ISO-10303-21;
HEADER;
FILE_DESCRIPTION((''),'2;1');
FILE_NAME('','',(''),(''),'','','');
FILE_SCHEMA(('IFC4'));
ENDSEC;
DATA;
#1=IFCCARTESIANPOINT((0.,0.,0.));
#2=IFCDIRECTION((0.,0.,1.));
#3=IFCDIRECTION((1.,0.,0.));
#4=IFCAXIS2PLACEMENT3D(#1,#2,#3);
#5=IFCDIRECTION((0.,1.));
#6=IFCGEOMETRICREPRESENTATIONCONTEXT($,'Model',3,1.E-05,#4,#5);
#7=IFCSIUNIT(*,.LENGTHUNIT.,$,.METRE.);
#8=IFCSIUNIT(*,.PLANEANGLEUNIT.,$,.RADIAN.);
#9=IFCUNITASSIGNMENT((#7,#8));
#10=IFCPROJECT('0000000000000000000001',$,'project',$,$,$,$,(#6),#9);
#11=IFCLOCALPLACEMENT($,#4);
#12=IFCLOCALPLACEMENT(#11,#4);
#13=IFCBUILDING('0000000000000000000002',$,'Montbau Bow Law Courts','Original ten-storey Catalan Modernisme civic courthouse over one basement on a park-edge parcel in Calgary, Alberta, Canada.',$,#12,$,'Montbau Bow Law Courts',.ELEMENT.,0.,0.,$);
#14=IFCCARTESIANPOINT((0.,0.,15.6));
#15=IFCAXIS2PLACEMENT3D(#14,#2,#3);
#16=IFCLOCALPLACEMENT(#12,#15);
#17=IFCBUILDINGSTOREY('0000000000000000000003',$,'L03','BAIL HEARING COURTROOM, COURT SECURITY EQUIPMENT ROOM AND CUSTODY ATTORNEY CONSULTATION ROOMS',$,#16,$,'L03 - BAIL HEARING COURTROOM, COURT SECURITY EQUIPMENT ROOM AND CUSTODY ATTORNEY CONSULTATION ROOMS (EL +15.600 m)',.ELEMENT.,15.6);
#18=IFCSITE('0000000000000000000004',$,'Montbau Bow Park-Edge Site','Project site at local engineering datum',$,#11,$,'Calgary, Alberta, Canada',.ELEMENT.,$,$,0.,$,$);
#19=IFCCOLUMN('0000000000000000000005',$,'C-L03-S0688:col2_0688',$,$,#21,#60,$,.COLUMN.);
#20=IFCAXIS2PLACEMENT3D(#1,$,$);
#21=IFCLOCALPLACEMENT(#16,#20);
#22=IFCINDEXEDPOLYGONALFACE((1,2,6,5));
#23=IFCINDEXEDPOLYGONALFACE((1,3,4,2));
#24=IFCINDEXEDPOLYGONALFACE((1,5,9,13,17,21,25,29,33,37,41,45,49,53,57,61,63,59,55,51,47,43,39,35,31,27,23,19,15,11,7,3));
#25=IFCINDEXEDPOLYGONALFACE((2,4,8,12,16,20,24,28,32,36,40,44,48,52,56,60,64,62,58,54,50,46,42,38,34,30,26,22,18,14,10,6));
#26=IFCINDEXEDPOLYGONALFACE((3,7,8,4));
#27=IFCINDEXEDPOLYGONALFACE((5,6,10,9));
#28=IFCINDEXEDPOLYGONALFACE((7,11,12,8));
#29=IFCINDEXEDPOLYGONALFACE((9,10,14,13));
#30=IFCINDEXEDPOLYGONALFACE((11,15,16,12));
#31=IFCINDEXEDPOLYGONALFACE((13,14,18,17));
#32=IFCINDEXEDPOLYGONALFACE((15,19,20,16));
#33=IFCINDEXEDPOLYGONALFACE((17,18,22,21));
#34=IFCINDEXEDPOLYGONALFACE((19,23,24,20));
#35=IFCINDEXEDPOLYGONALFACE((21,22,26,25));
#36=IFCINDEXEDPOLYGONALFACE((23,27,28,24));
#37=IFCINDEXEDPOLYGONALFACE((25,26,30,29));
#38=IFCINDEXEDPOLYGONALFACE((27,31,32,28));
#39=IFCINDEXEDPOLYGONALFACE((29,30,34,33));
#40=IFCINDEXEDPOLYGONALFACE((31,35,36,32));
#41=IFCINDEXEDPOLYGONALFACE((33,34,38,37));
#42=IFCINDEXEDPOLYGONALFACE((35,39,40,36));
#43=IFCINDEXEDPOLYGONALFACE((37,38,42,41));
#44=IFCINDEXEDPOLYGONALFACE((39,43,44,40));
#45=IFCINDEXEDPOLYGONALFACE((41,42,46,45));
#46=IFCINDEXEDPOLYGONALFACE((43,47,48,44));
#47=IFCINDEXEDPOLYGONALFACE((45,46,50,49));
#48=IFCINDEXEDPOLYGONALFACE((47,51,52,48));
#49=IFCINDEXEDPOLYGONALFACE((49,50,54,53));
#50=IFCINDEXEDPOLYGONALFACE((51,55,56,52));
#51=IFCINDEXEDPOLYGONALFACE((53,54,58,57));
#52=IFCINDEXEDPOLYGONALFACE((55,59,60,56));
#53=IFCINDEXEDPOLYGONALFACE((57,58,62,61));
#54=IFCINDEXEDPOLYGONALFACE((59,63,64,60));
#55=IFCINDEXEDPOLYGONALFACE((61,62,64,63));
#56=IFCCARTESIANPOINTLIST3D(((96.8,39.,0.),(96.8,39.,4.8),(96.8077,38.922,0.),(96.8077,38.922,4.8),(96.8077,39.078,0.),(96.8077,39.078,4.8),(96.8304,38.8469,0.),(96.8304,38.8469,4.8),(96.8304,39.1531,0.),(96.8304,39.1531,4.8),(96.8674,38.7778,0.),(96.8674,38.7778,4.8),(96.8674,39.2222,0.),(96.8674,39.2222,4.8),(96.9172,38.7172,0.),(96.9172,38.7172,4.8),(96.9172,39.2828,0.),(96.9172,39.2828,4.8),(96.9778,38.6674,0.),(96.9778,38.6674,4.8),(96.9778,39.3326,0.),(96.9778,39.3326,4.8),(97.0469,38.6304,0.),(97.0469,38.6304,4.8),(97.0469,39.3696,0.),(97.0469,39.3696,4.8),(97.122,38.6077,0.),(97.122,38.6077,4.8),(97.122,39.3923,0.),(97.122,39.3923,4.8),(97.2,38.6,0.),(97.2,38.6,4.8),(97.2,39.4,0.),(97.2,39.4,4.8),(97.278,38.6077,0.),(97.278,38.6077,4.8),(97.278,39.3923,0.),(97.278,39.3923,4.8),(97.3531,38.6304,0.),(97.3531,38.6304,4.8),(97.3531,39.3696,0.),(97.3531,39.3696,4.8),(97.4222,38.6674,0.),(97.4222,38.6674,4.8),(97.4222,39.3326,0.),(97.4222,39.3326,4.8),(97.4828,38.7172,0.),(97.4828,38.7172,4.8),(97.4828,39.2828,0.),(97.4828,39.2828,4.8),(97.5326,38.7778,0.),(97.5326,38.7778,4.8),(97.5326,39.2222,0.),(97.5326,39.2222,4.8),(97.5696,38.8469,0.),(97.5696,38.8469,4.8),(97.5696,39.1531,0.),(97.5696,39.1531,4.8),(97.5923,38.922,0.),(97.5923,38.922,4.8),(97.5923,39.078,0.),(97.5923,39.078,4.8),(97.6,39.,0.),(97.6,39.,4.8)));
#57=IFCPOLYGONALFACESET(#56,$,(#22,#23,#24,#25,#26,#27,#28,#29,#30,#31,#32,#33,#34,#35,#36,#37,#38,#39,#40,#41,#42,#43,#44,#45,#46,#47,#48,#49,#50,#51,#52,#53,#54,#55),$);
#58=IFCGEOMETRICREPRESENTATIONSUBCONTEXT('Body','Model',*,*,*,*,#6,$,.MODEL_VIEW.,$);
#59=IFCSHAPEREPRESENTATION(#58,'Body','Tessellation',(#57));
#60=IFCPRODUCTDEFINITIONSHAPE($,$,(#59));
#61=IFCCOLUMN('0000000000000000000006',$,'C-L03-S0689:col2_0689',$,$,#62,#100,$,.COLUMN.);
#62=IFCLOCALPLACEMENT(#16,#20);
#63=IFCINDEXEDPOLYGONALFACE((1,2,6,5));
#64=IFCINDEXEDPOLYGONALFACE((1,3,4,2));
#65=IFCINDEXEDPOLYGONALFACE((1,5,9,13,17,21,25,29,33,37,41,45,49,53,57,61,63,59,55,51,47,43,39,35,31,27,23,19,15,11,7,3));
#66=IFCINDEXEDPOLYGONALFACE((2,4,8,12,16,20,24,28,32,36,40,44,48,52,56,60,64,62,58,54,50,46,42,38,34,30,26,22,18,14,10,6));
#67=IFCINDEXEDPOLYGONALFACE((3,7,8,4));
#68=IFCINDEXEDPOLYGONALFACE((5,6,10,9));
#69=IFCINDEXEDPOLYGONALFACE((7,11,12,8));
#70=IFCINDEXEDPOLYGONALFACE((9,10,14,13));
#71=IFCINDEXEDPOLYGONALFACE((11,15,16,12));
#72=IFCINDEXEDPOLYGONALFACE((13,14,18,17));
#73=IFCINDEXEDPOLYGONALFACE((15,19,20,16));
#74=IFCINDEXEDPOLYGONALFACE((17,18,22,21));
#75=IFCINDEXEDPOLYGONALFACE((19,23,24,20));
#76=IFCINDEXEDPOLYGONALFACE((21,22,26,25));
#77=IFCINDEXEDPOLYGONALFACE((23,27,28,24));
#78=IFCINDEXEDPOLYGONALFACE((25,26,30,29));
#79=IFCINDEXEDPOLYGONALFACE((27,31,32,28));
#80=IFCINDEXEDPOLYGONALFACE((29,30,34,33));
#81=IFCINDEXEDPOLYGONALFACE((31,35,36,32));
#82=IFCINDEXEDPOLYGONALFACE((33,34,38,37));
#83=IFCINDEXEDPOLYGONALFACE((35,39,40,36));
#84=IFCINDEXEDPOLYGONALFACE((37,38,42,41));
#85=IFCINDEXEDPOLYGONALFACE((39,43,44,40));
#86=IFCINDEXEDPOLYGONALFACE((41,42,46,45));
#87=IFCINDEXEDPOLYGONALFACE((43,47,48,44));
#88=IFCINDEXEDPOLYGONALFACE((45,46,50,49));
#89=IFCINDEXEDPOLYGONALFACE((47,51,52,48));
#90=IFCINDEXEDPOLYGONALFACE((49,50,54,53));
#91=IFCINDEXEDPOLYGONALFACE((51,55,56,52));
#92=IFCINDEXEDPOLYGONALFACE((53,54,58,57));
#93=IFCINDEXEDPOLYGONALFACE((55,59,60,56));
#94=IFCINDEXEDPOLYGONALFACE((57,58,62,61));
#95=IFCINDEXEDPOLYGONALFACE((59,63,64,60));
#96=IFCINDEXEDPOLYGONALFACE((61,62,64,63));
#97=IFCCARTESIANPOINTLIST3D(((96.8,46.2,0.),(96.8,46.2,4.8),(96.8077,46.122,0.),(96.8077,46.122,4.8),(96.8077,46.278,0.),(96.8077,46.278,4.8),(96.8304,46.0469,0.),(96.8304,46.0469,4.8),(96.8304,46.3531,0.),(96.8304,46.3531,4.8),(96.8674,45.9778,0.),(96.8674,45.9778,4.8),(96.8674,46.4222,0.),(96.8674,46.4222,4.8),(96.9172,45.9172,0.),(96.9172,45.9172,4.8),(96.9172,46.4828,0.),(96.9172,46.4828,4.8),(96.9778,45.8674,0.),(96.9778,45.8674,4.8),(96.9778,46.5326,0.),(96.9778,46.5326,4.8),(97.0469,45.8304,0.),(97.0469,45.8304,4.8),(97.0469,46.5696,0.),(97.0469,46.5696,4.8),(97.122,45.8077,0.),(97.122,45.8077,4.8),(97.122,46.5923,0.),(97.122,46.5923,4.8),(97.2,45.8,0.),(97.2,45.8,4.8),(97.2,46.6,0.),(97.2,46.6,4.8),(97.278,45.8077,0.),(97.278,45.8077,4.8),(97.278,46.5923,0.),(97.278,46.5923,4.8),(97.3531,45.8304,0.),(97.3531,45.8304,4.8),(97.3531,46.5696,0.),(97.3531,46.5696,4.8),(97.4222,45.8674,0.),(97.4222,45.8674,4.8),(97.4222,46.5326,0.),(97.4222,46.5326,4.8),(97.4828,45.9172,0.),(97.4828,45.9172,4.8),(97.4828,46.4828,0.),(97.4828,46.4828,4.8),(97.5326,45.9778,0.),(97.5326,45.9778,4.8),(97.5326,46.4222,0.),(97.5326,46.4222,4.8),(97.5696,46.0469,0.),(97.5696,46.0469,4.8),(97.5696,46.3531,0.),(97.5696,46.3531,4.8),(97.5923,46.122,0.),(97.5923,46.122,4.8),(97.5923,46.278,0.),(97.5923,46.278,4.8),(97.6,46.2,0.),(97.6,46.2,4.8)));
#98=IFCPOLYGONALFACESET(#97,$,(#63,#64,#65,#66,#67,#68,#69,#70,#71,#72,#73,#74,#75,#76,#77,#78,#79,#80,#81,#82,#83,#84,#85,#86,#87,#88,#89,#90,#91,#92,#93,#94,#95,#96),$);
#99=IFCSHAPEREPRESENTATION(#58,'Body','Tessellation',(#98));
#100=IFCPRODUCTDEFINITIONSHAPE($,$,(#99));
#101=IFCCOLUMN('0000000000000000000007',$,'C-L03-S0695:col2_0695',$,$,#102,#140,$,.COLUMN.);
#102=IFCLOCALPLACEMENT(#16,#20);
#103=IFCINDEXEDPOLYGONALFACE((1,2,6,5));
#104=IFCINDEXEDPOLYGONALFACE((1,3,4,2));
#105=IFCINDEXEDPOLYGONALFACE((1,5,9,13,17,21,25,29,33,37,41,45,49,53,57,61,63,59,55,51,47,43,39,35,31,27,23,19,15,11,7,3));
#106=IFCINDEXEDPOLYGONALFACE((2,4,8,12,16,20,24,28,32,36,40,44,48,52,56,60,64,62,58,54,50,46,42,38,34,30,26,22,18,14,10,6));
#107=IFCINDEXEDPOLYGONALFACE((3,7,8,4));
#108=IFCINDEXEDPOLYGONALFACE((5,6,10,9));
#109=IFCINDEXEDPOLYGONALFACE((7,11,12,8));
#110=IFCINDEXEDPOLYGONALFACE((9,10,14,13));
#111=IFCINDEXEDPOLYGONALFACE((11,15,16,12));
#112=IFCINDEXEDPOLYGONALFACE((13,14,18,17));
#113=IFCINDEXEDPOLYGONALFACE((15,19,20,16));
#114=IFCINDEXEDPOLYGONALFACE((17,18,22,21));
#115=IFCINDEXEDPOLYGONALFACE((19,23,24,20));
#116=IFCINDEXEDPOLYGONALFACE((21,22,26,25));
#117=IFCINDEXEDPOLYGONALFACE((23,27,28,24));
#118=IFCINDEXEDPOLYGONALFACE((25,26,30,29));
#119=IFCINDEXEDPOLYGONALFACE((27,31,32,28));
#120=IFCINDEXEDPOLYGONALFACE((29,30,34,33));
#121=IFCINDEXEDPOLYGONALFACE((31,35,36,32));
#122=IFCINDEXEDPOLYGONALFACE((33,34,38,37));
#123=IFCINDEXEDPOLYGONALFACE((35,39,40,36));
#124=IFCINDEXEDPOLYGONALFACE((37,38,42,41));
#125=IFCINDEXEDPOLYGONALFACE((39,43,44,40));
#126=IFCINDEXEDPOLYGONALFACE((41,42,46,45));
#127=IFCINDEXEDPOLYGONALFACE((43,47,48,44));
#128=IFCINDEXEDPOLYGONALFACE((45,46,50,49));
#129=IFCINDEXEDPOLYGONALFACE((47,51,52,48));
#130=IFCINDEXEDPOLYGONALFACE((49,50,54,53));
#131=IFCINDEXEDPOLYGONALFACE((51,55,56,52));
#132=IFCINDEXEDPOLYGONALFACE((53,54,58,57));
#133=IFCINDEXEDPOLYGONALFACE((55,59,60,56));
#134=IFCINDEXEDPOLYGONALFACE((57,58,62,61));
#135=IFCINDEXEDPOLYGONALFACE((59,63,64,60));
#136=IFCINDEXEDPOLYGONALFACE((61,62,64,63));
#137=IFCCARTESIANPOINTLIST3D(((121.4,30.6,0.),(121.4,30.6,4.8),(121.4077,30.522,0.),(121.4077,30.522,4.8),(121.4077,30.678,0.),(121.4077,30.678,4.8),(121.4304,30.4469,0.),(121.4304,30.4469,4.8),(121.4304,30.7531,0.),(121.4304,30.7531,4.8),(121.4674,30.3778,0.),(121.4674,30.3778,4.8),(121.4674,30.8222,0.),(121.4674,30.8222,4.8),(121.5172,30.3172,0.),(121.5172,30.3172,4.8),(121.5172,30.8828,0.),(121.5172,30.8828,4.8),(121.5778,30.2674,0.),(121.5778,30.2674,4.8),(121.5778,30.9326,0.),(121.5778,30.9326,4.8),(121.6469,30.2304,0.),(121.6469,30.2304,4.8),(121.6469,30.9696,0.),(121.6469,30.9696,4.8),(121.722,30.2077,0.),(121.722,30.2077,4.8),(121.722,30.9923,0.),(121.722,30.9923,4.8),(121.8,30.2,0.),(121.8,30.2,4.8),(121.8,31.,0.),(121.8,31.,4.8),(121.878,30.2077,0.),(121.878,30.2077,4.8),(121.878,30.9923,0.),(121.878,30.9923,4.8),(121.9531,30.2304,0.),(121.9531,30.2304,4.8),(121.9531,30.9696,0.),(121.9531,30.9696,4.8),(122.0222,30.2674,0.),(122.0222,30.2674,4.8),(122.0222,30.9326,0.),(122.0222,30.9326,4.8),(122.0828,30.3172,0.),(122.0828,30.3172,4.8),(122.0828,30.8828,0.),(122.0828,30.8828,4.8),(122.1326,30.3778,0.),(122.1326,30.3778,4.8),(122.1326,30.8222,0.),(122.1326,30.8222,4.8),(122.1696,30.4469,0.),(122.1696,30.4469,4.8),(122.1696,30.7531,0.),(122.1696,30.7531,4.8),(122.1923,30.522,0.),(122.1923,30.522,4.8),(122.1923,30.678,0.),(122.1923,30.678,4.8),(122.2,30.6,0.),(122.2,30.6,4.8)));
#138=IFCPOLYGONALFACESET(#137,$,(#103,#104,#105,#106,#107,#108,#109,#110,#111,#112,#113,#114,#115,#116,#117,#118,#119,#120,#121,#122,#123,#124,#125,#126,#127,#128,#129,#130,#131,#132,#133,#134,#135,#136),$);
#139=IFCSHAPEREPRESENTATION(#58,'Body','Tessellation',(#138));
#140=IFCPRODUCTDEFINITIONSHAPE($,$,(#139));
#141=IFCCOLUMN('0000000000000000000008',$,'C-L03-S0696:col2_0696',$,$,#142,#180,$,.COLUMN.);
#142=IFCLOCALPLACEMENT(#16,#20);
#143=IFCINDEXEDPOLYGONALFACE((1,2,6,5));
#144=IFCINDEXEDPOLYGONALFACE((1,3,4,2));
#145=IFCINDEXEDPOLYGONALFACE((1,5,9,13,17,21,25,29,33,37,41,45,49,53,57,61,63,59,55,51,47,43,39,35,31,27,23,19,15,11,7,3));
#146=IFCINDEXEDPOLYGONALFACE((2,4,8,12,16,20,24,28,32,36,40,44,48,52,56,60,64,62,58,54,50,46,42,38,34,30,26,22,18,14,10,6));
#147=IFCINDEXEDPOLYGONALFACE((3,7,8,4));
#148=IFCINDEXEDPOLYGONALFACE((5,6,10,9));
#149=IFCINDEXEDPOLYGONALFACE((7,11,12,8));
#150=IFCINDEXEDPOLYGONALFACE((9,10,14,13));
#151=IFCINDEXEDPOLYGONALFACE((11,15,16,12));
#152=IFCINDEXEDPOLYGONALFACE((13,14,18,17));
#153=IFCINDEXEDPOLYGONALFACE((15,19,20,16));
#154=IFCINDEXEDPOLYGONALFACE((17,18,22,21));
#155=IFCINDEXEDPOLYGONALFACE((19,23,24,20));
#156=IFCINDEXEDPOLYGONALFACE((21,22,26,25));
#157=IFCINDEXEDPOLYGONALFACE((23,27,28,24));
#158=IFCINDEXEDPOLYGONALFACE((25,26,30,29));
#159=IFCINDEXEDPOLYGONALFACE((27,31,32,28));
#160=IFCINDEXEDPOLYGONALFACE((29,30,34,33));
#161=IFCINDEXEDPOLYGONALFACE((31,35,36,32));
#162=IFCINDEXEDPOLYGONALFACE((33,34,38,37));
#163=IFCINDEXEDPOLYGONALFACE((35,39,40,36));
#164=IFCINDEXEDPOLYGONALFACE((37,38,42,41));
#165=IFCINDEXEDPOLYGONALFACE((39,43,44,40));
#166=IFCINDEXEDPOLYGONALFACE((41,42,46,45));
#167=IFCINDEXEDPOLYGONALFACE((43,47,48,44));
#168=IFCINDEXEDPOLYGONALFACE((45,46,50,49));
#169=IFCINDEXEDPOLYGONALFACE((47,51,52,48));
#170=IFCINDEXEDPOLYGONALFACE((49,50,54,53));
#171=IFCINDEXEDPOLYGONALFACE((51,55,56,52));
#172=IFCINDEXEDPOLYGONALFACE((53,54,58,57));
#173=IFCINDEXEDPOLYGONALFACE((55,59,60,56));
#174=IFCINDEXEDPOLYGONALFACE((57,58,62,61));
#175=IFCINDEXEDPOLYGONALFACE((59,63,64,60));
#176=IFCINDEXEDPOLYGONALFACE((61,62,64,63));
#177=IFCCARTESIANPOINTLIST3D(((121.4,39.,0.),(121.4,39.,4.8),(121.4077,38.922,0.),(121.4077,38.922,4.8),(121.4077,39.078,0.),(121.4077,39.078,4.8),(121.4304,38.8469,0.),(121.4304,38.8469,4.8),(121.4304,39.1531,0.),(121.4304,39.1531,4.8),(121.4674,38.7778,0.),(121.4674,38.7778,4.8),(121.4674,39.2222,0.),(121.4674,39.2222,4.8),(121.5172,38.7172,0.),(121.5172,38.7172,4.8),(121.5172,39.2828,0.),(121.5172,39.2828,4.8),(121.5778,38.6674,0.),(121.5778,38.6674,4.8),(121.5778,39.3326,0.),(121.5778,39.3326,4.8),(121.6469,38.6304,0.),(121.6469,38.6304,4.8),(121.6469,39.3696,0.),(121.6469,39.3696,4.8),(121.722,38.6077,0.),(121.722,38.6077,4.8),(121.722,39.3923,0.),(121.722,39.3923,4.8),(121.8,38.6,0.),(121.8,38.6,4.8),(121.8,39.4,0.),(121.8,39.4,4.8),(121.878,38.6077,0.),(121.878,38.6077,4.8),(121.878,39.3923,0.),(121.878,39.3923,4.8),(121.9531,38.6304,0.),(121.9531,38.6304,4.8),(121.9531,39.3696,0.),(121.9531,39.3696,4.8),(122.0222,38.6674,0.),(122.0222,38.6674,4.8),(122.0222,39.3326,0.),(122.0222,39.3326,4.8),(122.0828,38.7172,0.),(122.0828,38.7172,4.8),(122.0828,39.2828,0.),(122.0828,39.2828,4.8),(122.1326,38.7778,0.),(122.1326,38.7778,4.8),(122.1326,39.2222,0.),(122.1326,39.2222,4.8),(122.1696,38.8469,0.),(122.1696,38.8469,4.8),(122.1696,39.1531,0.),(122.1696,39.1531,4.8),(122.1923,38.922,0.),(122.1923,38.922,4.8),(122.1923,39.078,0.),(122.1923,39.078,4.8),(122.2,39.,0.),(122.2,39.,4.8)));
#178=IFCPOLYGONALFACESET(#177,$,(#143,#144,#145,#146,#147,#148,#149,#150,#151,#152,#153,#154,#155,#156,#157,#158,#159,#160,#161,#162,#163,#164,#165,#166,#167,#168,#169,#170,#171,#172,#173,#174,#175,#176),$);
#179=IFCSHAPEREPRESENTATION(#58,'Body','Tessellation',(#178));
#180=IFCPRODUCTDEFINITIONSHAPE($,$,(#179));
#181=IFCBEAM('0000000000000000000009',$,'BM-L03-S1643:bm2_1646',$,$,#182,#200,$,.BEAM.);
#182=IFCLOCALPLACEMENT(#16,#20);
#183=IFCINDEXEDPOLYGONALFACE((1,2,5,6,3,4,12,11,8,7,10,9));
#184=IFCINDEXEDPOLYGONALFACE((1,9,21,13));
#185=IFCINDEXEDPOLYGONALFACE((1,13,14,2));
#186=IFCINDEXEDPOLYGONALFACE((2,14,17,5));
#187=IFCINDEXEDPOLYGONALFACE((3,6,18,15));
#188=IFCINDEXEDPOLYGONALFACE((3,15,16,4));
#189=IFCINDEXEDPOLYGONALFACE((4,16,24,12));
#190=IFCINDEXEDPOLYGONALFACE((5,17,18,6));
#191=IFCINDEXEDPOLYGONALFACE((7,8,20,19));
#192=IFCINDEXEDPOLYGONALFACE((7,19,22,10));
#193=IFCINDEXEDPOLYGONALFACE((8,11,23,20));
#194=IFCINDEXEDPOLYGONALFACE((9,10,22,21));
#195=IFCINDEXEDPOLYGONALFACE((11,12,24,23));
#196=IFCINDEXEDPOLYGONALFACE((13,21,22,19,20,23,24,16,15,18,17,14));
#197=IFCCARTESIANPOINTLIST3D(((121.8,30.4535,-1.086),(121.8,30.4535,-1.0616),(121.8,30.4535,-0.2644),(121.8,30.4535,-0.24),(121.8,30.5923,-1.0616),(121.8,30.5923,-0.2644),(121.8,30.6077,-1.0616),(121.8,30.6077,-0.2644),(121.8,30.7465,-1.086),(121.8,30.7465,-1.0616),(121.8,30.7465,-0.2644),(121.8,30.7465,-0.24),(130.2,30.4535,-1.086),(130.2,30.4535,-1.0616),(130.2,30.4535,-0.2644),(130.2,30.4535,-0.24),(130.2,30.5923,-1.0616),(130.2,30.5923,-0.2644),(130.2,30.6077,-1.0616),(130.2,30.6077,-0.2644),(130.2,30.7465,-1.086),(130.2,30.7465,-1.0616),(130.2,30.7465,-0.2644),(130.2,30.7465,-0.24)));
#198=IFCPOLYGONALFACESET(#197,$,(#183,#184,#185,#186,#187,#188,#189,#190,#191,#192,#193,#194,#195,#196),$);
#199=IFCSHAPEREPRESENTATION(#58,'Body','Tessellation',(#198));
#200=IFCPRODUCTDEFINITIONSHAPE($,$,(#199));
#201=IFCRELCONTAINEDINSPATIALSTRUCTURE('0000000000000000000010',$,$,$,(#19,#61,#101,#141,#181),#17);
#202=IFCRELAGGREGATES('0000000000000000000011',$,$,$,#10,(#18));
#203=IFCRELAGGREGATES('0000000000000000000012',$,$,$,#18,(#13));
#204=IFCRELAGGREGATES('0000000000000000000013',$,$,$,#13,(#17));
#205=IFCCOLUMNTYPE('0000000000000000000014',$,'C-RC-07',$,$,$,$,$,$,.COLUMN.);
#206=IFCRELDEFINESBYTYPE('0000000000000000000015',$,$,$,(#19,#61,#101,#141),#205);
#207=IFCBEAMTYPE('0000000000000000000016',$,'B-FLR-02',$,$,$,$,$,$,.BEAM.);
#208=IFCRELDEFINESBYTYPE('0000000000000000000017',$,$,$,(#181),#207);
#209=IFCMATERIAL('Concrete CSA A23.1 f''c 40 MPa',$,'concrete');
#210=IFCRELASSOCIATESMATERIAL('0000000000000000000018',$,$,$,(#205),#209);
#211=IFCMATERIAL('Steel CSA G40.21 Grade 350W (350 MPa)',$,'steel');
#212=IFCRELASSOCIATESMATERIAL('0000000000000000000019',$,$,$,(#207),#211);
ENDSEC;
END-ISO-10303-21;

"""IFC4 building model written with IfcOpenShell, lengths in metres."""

from ifc_helpers import new_model, si_unit, direction, frame, origin_with_axes, origin_2d_with_axis, place, context, subcontext, project, spatial, circle, i_section, extrude, material, material_profile, profile_set, type_object, element, save


model = new_model("IFC4")

# Units and contexts
model_context = context("Model", 3, precision=1e-05, world=origin_with_axes(), true_north=direction((0.0, 1.0)))
body_context = subcontext(model_context, "Body", "Model", "MODEL_VIEW")
ifc_project = project(units=[si_unit("LENGTHUNIT", "METRE"), si_unit("PLANEANGLEUNIT", "RADIAN")], contexts=[model_context])

# Site, building, storey
site_placement = place(None, origin_with_axes())
site = spatial("IfcSite", under=ifc_project, at=site_placement, Name="Montbau Bow Park-Edge Site", Description="Project site at local engineering datum", LongName="Calgary, Alberta, Canada", CompositionType="ELEMENT", RefElevation=0.0)
building_placement = place(site_placement, origin_with_axes())
building = spatial("IfcBuilding", under=site, at=building_placement, Name="Montbau Bow Law Courts", Description="Original ten-storey Catalan Modernisme civic courthouse over one basement on a park-edge parcel in Calgary, Alberta, Canada.", LongName="Montbau Bow Law Courts", CompositionType="ELEMENT", ElevationOfRefHeight=0.0, ElevationOfTerrain=0.0)
storey_placement = place(building_placement, frame((0.0, 0.0, 15.6), z_axis=(0.0, 0.0, 1.0), x_axis=(1.0, 0.0, 0.0)))
storey = spatial("IfcBuildingStorey", under=building, at=storey_placement, Name="L03", Description="BAIL HEARING COURTROOM, COURT SECURITY EQUIPMENT ROOM AND CUSTODY ATTORNEY CONSULTATION ROOMS", LongName="L03 - BAIL HEARING COURTROOM, COURT SECURITY EQUIPMENT ROOM AND CUSTODY ATTORNEY CONSULTATION ROOMS (EL +15.600 m)", CompositionType="ELEMENT", Elevation=15.6)

# Columns
ifc_material_1 = material(Name="Concrete CSA A23.1 f'c 40 MPa", Category="concrete")
ifc_material_profile_1 = material_profile(ifc_material_1, circle(Radius=0.4, at=origin_2d_with_axis()), Name="RC800D", Category="Main", Priority=0)
ifc_profile_set_1 = profile_set([ifc_material_profile_1], Name="Concrete CSA A23.1 f'c 40 MPa")
column_type = type_object("IfcColumnType", Name="C-RC-07", PredefinedType="COLUMN", material=ifc_profile_set_1)
for number, where, z_axis, x_axis, name in (
    (1, (97.2, 39.0, 15.6), (0.0, 0.0, 1.0), (1.0, 0.0, 0.0), "C-L03-S0688:col2_0688"),
    (2, (97.2, 46.2, 15.6), (0.0, 0.0, 1.0), (1.0, 0.0, 0.0), "C-L03-S0689:col2_0689"),
    (3, (121.8, 30.6, 15.6), (0.0, 0.0, 1.0), (1.0, 0.0, 0.0), "C-L03-S0695:col2_0695"),
    (4, (121.8, 39.0, 15.6), (0.0, 0.0, 1.0), (1.0, 0.0, 0.0), "C-L03-S0696:col2_0696"),
):
    element("IfcColumn", number, at=place(None, frame(where, z_axis=z_axis, x_axis=x_axis)), inside=storey, type_object=column_type, Name=name, PredefinedType="COLUMN", context=body_context, shape_type="SweptSolid", body=[
        extrude(circle(Radius=0.4, at=origin_2d_with_axis()), origin_with_axes(), (0.0, 0.0, 1.0), 4.8),
    ])

# Beam
ifc_material_2 = material(Name="Steel CSA G40.21 Grade 350W (350 MPa)", Category="steel")
ifc_material_profile_2 = material_profile(ifc_material_2, i_section(OverallWidth=0.293, OverallDepth=0.846, WebThickness=0.0154, FlangeThickness=0.0244, at=origin_2d_with_axis()), Name="W840X210", Category="Main", Priority=0)
ifc_profile_set_2 = profile_set([ifc_material_profile_2], Name="Steel CSA G40.21 Grade 350W (350 MPa)")
beam_type_1 = type_object("IfcBeamType", Name="B-FLR-02", PredefinedType="BEAM", material=ifc_profile_set_2)
beam_1_placement = place(None, frame((121.8, 30.6, 14.937), z_axis=(1.0, 0.0, 0.0), x_axis=(0.0, 1.0, 0.0)))
element("IfcBeam", 5, at=beam_1_placement, inside=storey, type_object=beam_type_1, Name="BM-L03-S1643:bm2_1646", PredefinedType="BEAM", context=body_context, shape_type="SweptSolid", body=[
    extrude(i_section(OverallWidth=0.293, OverallDepth=0.846, WebThickness=0.0154, FlangeThickness=0.0244, at=origin_2d_with_axis()), origin_with_axes(), (0.0, 0.0, 1.0), 8.4),
])

save(model, "model.ifc")
